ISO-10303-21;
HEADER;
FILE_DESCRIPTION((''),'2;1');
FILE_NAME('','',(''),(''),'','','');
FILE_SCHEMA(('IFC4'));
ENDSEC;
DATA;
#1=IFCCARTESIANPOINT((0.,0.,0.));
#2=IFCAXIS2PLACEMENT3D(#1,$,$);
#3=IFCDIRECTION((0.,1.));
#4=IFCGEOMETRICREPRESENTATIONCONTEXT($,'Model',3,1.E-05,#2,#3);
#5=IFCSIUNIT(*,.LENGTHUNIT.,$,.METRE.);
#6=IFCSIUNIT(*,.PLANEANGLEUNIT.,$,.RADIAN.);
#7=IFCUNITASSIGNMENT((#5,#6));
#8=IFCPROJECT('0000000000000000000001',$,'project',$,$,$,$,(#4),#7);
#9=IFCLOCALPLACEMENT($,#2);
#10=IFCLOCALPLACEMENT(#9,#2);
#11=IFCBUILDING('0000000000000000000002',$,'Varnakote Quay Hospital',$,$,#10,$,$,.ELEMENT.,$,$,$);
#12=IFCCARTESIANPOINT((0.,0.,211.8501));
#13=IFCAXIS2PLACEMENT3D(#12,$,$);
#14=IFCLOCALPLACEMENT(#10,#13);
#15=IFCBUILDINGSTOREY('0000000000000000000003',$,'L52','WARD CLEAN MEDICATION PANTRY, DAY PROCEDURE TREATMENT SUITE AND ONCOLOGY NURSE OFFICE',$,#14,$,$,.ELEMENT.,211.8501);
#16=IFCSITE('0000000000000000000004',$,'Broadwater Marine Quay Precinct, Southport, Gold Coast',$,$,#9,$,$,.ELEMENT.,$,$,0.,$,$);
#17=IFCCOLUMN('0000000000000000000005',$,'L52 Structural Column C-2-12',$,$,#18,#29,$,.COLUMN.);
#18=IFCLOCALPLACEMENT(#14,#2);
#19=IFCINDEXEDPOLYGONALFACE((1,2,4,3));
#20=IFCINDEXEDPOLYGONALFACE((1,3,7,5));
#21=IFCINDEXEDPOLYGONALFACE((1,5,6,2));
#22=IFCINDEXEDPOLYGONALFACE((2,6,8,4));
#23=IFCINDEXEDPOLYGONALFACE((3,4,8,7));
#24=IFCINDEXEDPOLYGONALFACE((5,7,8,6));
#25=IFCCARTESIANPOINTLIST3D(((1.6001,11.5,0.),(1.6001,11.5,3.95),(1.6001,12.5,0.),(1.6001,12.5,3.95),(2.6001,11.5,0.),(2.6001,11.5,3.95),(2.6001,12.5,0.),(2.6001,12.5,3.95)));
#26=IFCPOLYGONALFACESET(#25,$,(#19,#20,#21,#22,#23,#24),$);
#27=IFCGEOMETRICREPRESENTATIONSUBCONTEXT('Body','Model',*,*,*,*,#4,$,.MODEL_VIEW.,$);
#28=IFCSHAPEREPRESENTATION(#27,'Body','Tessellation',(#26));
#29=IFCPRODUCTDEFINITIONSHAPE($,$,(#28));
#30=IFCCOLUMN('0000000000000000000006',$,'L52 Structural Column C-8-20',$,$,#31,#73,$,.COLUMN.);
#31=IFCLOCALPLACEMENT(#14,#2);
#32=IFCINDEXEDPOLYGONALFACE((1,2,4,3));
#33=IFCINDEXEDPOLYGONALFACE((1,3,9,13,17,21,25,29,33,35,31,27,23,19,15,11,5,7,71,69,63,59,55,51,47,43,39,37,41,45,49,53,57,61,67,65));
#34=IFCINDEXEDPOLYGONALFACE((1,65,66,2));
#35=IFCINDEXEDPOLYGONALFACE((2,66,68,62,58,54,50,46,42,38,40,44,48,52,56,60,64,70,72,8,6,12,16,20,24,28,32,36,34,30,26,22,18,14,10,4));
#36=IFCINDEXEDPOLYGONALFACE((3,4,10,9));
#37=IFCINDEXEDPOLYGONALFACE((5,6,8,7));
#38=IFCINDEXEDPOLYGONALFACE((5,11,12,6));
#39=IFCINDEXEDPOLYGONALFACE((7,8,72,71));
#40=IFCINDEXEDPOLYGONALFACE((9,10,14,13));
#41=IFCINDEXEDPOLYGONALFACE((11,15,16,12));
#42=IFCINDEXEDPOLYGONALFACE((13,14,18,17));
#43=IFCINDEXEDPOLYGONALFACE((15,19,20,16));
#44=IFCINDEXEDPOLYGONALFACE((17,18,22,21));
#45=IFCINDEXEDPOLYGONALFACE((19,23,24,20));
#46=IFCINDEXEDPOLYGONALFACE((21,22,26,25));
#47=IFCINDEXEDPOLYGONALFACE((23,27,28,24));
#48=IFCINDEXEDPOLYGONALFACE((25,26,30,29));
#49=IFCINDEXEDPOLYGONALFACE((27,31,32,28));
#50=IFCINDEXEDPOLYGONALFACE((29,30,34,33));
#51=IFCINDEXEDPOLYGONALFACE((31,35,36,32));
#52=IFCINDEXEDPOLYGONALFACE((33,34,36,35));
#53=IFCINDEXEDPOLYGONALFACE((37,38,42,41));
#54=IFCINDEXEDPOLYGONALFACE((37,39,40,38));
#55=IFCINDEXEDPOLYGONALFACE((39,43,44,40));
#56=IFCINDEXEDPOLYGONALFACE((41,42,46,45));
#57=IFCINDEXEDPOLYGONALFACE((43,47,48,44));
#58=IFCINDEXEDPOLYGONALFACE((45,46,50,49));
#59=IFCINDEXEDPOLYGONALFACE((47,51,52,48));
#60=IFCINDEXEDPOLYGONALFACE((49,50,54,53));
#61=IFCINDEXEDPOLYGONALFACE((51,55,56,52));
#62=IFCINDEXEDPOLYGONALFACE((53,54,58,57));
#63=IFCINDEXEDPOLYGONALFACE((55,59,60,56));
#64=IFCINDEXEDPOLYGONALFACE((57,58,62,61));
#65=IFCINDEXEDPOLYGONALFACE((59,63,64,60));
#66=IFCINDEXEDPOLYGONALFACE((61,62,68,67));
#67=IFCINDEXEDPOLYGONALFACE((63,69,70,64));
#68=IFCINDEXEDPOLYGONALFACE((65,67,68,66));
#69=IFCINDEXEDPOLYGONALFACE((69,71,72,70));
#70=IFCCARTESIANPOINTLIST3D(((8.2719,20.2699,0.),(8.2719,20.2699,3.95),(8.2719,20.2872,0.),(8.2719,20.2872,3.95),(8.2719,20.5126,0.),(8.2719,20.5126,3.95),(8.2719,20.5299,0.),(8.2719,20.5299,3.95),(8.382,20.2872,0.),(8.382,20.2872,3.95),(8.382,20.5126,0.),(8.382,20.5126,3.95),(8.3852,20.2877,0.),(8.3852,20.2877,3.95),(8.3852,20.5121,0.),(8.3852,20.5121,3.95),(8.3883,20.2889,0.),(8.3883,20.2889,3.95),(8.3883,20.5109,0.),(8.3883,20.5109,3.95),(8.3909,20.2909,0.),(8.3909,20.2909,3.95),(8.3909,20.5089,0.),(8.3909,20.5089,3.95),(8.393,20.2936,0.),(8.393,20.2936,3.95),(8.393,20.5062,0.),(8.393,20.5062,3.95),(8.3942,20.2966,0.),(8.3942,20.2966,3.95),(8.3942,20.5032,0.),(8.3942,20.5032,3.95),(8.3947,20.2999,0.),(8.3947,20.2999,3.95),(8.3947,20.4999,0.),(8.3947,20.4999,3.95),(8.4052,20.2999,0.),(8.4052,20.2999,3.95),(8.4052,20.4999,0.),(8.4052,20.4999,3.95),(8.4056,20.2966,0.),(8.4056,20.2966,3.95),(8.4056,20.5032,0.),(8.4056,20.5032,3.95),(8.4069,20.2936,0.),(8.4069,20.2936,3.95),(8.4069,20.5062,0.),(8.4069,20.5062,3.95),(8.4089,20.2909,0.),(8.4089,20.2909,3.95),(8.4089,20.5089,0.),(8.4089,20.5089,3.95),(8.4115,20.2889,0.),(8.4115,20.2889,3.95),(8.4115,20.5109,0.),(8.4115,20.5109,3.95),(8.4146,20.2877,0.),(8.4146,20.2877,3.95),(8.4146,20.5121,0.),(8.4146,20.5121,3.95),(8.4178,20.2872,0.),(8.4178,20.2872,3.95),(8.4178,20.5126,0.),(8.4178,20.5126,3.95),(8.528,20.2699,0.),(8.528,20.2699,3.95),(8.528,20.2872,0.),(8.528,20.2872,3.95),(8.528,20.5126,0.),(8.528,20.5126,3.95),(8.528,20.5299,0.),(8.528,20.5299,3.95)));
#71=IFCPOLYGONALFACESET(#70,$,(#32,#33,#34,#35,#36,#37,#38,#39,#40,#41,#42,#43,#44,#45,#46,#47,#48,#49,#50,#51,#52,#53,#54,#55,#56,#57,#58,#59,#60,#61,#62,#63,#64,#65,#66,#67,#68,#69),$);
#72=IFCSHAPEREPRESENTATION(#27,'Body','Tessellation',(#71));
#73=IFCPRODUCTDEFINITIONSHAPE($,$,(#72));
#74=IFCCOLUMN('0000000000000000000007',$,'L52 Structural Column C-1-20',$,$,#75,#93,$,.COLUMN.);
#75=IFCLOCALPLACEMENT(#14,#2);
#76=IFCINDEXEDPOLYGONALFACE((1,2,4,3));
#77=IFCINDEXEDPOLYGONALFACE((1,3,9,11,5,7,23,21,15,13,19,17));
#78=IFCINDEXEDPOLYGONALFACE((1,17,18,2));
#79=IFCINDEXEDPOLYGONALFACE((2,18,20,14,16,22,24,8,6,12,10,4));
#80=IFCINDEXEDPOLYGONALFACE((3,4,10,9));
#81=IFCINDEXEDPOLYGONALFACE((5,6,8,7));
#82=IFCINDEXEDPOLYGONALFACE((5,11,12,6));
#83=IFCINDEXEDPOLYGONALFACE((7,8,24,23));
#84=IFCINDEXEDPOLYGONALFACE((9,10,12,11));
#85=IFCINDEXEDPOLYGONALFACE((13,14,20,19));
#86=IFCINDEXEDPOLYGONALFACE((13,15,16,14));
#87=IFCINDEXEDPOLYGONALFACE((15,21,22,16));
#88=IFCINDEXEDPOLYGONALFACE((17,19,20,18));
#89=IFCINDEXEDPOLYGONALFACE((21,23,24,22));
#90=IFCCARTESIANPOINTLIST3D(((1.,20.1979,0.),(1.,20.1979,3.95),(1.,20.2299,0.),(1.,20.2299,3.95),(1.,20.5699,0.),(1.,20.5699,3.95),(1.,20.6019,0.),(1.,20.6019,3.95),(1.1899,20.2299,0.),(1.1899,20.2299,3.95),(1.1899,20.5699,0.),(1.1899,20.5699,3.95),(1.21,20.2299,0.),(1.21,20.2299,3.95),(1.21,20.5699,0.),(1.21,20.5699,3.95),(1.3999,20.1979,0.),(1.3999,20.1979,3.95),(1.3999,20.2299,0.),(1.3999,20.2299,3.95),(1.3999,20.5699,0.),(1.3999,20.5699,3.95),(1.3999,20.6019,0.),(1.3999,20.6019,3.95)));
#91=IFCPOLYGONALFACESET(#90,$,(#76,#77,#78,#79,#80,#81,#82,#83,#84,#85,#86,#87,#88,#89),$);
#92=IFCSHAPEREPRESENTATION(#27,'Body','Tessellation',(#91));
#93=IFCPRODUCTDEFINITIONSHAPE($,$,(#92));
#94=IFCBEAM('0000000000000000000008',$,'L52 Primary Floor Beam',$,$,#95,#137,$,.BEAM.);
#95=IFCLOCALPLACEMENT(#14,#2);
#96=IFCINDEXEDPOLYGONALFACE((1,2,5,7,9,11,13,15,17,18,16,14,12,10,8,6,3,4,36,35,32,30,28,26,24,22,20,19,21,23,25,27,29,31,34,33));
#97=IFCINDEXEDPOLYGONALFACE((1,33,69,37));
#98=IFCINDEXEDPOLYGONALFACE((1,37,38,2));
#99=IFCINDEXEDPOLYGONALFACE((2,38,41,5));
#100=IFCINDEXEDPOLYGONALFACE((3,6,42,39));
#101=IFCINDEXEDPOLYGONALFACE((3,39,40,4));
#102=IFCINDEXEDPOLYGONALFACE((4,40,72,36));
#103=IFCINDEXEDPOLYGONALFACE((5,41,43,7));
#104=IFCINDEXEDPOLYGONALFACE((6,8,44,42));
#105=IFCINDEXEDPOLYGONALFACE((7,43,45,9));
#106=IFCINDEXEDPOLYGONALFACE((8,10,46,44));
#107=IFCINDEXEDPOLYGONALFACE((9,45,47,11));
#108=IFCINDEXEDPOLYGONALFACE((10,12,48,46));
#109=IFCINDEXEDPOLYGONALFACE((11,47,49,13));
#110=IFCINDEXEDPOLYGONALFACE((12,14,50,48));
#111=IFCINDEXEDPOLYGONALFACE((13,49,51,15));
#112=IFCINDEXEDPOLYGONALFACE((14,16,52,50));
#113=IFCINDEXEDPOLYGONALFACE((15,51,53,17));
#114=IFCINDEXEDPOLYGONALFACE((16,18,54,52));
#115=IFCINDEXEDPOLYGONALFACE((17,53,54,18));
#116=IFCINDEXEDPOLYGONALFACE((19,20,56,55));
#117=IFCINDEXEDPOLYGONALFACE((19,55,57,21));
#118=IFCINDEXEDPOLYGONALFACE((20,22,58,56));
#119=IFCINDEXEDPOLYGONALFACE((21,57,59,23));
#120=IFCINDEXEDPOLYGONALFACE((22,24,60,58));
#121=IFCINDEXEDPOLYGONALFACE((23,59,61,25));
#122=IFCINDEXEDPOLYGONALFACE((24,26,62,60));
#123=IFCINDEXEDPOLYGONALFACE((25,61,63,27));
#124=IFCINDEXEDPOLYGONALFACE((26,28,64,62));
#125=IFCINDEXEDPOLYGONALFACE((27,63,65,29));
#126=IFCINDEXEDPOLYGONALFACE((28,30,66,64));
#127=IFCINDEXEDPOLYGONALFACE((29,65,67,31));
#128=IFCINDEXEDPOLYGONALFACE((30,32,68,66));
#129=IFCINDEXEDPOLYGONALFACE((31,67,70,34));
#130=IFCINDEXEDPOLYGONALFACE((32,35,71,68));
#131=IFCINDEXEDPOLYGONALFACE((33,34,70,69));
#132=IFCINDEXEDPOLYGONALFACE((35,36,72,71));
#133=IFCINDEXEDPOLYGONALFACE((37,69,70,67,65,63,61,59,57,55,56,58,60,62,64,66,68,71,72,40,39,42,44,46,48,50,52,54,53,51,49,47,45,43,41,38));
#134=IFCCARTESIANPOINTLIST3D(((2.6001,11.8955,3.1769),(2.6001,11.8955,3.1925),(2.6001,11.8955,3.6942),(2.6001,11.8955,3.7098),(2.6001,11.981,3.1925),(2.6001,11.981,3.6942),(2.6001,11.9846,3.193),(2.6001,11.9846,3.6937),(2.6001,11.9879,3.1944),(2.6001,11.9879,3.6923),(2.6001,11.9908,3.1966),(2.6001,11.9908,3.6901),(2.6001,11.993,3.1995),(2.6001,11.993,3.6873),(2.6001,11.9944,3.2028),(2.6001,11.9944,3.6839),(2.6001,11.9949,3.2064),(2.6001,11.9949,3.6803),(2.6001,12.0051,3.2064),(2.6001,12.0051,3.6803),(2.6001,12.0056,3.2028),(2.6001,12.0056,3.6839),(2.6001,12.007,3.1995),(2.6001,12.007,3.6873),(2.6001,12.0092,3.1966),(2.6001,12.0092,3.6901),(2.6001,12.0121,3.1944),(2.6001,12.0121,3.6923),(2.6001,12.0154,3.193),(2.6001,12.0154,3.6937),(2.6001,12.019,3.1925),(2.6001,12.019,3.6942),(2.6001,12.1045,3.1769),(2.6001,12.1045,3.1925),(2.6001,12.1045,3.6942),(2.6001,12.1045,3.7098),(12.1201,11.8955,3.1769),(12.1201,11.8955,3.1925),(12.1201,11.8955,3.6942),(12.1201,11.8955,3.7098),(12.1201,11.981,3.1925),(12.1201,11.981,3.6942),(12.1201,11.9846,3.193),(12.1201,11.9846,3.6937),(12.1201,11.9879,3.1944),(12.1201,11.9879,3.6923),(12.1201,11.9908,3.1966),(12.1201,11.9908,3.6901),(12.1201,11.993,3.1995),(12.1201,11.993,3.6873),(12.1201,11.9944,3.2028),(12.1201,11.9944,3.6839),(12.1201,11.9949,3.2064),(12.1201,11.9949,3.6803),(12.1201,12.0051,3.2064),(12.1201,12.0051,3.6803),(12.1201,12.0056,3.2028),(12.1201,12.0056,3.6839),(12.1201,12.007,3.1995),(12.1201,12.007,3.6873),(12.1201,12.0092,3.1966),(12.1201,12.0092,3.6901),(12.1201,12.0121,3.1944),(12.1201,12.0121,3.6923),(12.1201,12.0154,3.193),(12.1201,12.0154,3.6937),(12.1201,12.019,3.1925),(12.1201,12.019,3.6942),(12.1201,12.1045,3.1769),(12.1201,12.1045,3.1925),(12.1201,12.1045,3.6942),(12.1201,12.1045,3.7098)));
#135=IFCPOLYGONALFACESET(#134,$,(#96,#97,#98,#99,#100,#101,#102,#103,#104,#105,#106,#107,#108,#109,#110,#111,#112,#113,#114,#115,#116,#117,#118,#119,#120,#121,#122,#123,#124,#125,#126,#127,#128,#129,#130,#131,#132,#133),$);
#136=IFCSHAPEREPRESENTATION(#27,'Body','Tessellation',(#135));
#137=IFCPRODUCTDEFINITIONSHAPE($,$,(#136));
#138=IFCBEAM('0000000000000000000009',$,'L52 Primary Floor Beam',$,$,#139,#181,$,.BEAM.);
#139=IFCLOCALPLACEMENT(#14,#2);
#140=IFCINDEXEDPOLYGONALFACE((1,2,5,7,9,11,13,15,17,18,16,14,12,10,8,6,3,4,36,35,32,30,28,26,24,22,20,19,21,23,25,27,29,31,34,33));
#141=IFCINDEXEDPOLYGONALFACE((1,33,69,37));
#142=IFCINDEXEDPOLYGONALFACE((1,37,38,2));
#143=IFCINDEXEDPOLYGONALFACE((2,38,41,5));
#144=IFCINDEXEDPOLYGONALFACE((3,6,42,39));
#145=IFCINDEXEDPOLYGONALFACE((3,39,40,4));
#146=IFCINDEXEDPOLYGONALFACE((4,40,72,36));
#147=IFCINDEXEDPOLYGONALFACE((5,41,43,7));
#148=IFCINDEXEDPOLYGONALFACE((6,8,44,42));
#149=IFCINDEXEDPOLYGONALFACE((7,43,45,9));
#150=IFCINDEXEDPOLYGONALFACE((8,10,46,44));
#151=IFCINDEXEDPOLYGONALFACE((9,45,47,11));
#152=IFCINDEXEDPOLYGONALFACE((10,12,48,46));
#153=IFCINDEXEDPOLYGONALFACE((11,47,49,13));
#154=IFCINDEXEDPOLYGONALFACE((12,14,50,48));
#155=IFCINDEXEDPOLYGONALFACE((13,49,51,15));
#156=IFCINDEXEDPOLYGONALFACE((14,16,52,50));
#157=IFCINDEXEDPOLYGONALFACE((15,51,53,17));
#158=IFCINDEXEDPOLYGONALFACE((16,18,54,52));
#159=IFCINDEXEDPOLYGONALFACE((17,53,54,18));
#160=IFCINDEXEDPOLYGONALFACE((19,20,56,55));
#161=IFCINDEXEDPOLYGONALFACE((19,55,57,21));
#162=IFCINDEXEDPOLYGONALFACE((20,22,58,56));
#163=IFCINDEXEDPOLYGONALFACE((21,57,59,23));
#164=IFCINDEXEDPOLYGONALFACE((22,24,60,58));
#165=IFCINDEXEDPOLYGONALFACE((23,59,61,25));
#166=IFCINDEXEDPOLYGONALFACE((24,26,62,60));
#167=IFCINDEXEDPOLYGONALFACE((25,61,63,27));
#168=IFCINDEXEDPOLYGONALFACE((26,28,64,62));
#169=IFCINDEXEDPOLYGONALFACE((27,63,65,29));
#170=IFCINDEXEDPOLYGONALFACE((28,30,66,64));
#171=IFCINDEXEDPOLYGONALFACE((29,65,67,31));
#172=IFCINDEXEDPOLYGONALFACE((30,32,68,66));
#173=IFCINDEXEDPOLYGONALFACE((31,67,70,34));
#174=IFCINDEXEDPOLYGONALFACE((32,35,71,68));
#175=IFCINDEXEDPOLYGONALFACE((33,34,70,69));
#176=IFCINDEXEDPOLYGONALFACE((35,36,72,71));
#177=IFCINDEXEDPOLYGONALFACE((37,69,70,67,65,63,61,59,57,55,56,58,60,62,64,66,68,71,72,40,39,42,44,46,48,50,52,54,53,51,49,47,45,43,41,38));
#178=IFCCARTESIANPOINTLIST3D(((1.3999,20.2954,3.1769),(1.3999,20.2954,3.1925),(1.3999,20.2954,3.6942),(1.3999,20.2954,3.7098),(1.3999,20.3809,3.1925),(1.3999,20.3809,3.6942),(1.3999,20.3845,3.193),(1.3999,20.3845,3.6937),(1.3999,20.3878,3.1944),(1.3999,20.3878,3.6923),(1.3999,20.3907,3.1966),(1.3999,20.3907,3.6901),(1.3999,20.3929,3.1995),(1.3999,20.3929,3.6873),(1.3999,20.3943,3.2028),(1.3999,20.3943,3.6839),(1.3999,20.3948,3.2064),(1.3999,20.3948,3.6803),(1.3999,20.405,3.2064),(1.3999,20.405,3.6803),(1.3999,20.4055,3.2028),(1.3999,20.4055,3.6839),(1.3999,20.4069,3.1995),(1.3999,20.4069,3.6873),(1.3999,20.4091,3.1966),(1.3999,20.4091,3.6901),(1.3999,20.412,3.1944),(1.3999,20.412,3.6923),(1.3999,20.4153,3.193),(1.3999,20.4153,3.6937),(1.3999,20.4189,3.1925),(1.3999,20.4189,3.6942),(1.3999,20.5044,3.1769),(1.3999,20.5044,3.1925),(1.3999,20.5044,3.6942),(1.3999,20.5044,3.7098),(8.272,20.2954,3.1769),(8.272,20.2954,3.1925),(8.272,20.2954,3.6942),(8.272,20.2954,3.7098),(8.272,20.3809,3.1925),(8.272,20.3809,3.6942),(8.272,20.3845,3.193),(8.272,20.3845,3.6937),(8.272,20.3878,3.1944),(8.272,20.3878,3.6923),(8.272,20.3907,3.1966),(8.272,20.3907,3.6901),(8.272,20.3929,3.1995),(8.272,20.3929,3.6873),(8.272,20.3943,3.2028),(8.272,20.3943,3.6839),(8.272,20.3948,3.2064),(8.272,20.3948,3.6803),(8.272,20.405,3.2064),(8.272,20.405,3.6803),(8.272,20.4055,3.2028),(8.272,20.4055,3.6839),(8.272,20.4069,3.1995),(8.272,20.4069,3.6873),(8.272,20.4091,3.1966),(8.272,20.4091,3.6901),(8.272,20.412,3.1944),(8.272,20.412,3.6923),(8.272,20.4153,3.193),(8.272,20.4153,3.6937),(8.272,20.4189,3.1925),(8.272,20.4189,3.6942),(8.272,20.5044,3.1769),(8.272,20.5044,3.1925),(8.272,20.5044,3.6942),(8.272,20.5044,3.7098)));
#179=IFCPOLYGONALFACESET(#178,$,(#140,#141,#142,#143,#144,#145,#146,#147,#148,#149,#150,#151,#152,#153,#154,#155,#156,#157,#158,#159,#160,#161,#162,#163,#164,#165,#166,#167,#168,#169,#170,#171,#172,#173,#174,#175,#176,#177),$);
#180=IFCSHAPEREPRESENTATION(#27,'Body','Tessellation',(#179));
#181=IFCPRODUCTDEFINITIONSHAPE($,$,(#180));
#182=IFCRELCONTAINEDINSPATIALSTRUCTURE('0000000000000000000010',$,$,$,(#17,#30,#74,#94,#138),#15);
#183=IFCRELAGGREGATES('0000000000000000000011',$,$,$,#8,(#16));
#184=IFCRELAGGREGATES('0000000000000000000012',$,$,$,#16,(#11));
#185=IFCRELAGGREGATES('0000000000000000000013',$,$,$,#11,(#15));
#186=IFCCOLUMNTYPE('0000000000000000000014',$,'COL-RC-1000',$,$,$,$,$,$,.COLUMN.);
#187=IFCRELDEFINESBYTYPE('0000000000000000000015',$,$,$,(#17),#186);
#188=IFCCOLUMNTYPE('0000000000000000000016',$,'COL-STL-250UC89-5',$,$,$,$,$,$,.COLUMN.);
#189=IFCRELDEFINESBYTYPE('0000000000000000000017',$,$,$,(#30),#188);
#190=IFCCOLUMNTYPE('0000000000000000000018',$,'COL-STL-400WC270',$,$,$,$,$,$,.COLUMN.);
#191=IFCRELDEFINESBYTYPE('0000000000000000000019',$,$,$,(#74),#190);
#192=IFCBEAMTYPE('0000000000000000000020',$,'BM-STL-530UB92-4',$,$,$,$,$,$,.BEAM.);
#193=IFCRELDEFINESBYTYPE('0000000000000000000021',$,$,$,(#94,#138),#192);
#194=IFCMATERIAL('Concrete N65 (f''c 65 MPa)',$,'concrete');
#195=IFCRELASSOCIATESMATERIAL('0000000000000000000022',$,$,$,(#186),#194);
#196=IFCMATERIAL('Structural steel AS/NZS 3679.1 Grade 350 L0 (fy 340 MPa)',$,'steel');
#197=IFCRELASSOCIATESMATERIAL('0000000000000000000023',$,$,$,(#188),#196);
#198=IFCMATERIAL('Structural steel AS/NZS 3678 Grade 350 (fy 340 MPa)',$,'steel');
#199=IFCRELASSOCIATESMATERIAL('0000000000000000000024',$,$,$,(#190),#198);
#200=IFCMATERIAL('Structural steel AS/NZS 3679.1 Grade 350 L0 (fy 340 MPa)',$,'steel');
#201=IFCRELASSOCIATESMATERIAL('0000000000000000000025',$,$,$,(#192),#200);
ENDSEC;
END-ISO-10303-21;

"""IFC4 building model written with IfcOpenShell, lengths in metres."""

from ifc_helpers import new_model, si_unit, direction, frame, origin, origin_2d, place, context, subcontext, project, spatial, rectangle, i_section, extrude, material, material_profile, profile_set, type_object, element, save


model = new_model("IFC4")

# Units and contexts
model_context = context("Model", 3, precision=1e-05, world=origin(), true_north=direction((0.0, 1.0)))
body_context = subcontext(model_context, "Body", "Model", "MODEL_VIEW")
ifc_project = project(units=[si_unit("LENGTHUNIT", "METRE"), si_unit("PLANEANGLEUNIT", "RADIAN")], contexts=[model_context])

# Site, building, storey
site_placement = place(None, origin())
site = spatial("IfcSite", under=ifc_project, at=site_placement, Name="Broadwater Marine Quay Precinct, Southport, Gold Coast", CompositionType="ELEMENT", RefElevation=0.0)
building_placement = place(site_placement, origin())
building = spatial("IfcBuilding", under=site, at=building_placement, Name="Varnakote Quay Hospital", CompositionType="ELEMENT")
storey_placement = place(building_placement, frame((0.0, 0.0, 211.8501)))
storey = spatial("IfcBuildingStorey", under=building, at=storey_placement, Name="L52", Description="WARD CLEAN MEDICATION PANTRY, DAY PROCEDURE TREATMENT SUITE AND ONCOLOGY NURSE OFFICE", CompositionType="ELEMENT", Elevation=211.8501)

# Columns
ifc_material_1 = material(Name="Concrete N65 (f'c 65 MPa)", Category="concrete")
ifc_material_profile_1 = material_profile(ifc_material_1, rectangle(XDim=1.0, YDim=1.0, at=origin_2d()), Name="RC-COL-1000x1000")
ifc_profile_set_1 = profile_set([ifc_material_profile_1], Name="Concrete N65 (f'c 65 MPa)")
column_type_1 = type_object("IfcColumnType", Name="COL-RC-1000", PredefinedType="COLUMN", material=ifc_profile_set_1)
column_1_placement = place(storey_placement, frame((2.1001, 12.0, 0.0), z_axis=(0.0, 0.0, 1.0), x_axis=(1.0, 0.0, 0.0)))
element("IfcColumn", 1, at=column_1_placement, inside=storey, type_object=column_type_1, Name="L52 Structural Column C-2-12", PredefinedType="COLUMN", context=body_context, shape_type="SweptSolid", body=[
    extrude(rectangle(XDim=1.0, YDim=1.0, at=origin_2d()), origin(), (0.0, 0.0, 1.0), 3.95),
])
ifc_material_2 = material(Name="Structural steel AS/NZS 3679.1 Grade 350 L0 (fy 340 MPa)", Category="steel")
ifc_material_profile_2 = material_profile(ifc_material_2, i_section(OverallWidth=0.2561, OverallDepth=0.26, WebThickness=0.0105, FlangeThickness=0.0173, FilletRadius=0.0127, at=origin_2d()), Name="250UC89.5")
ifc_profile_set_2 = profile_set([ifc_material_profile_2], Name="Structural steel AS/NZS 3679.1 Grade 350 L0 (fy 340 MPa)")
column_type_2 = type_object("IfcColumnType", Name="COL-STL-250UC89-5", PredefinedType="COLUMN", material=ifc_profile_set_2)
column_2_placement = place(storey_placement, frame((8.3999, 20.3999, 0.0), z_axis=(0.0, 0.0, 1.0), x_axis=(1.0, 0.0, 0.0)))
element("IfcColumn", 2, at=column_2_placement, inside=storey, type_object=column_type_2, Name="L52 Structural Column C-8-20", PredefinedType="COLUMN", context=body_context, shape_type="SweptSolid", body=[
    extrude(i_section(OverallWidth=0.2561, OverallDepth=0.26, WebThickness=0.0105, FlangeThickness=0.0173, FilletRadius=0.0127, at=origin_2d()), origin(), (0.0, 0.0, 1.0), 3.95),
])
ifc_material_3 = material(Name="Structural steel AS/NZS 3678 Grade 350 (fy 340 MPa)", Category="steel")
ifc_material_profile_3 = material_profile(ifc_material_3, i_section(OverallWidth=0.3999, OverallDepth=0.4041, WebThickness=0.02, FlangeThickness=0.032, at=origin_2d()), Name="400WC270")
ifc_profile_set_3 = profile_set([ifc_material_profile_3], Name="Structural steel AS/NZS 3678 Grade 350 (fy 340 MPa)")
column_type_3 = type_object("IfcColumnType", Name="COL-STL-400WC270", PredefinedType="COLUMN", material=ifc_profile_set_3)
column_3_placement = place(storey_placement, frame((1.2, 20.3999, 0.0), z_axis=(0.0, 0.0, 1.0), x_axis=(1.0, 0.0, 0.0)))
element("IfcColumn", 3, at=column_3_placement, inside=storey, type_object=column_type_3, Name="L52 Structural Column C-1-20", PredefinedType="COLUMN", context=body_context, shape_type="SweptSolid", body=[
    extrude(i_section(OverallWidth=0.3999, OverallDepth=0.4041, WebThickness=0.02, FlangeThickness=0.032, at=origin_2d()), origin(), (0.0, 0.0, 1.0), 3.95),
])

# Beams
ifc_material_4 = material(Name="Structural steel AS/NZS 3679.1 Grade 350 L0 (fy 340 MPa)", Category="steel")
ifc_material_profile_4 = material_profile(ifc_material_4, i_section(OverallWidth=0.209, OverallDepth=0.533, WebThickness=0.0103, FlangeThickness=0.0156, FilletRadius=0.0139, at=origin_2d()), Name="530UB92.4")
ifc_profile_set_4 = profile_set([ifc_material_profile_4], Name="Structural steel AS/NZS 3679.1 Grade 350 L0 (fy 340 MPa)")
beam_type_1 = type_object("IfcBeamType", Name="BM-STL-530UB92-4", PredefinedType="BEAM", material=ifc_profile_set_4)
beam_1_placement = place(storey_placement, frame((2.6001, 12.0, 3.4434), z_axis=(1.0, 0.0, 0.0), x_axis=(0.0, 1.0, 0.0)))
element("IfcBeam", 4, at=beam_1_placement, inside=storey, type_object=beam_type_1, Name="L52 Primary Floor Beam", PredefinedType="BEAM", context=body_context, shape_type="SweptSolid", body=[
    extrude(i_section(OverallWidth=0.209, OverallDepth=0.533, WebThickness=0.0103, FlangeThickness=0.0156, FilletRadius=0.0139, at=origin_2d()), origin(), (0.0, 0.0, 1.0), 9.52),
])
beam_2_placement = place(storey_placement, frame((1.3999, 20.3999, 3.4434), z_axis=(1.0, 0.0, 0.0), x_axis=(0.0, 1.0, 0.0)))
element("IfcBeam", 5, at=beam_2_placement, inside=storey, type_object=beam_type_1, Name="L52 Primary Floor Beam", PredefinedType="BEAM", context=body_context, shape_type="SweptSolid", body=[
    extrude(i_section(OverallWidth=0.209, OverallDepth=0.533, WebThickness=0.0103, FlangeThickness=0.0156, FilletRadius=0.0139, at=origin_2d()), origin(), (0.0, 0.0, 1.0), 6.8721),
])

save(model, "model.ifc")
